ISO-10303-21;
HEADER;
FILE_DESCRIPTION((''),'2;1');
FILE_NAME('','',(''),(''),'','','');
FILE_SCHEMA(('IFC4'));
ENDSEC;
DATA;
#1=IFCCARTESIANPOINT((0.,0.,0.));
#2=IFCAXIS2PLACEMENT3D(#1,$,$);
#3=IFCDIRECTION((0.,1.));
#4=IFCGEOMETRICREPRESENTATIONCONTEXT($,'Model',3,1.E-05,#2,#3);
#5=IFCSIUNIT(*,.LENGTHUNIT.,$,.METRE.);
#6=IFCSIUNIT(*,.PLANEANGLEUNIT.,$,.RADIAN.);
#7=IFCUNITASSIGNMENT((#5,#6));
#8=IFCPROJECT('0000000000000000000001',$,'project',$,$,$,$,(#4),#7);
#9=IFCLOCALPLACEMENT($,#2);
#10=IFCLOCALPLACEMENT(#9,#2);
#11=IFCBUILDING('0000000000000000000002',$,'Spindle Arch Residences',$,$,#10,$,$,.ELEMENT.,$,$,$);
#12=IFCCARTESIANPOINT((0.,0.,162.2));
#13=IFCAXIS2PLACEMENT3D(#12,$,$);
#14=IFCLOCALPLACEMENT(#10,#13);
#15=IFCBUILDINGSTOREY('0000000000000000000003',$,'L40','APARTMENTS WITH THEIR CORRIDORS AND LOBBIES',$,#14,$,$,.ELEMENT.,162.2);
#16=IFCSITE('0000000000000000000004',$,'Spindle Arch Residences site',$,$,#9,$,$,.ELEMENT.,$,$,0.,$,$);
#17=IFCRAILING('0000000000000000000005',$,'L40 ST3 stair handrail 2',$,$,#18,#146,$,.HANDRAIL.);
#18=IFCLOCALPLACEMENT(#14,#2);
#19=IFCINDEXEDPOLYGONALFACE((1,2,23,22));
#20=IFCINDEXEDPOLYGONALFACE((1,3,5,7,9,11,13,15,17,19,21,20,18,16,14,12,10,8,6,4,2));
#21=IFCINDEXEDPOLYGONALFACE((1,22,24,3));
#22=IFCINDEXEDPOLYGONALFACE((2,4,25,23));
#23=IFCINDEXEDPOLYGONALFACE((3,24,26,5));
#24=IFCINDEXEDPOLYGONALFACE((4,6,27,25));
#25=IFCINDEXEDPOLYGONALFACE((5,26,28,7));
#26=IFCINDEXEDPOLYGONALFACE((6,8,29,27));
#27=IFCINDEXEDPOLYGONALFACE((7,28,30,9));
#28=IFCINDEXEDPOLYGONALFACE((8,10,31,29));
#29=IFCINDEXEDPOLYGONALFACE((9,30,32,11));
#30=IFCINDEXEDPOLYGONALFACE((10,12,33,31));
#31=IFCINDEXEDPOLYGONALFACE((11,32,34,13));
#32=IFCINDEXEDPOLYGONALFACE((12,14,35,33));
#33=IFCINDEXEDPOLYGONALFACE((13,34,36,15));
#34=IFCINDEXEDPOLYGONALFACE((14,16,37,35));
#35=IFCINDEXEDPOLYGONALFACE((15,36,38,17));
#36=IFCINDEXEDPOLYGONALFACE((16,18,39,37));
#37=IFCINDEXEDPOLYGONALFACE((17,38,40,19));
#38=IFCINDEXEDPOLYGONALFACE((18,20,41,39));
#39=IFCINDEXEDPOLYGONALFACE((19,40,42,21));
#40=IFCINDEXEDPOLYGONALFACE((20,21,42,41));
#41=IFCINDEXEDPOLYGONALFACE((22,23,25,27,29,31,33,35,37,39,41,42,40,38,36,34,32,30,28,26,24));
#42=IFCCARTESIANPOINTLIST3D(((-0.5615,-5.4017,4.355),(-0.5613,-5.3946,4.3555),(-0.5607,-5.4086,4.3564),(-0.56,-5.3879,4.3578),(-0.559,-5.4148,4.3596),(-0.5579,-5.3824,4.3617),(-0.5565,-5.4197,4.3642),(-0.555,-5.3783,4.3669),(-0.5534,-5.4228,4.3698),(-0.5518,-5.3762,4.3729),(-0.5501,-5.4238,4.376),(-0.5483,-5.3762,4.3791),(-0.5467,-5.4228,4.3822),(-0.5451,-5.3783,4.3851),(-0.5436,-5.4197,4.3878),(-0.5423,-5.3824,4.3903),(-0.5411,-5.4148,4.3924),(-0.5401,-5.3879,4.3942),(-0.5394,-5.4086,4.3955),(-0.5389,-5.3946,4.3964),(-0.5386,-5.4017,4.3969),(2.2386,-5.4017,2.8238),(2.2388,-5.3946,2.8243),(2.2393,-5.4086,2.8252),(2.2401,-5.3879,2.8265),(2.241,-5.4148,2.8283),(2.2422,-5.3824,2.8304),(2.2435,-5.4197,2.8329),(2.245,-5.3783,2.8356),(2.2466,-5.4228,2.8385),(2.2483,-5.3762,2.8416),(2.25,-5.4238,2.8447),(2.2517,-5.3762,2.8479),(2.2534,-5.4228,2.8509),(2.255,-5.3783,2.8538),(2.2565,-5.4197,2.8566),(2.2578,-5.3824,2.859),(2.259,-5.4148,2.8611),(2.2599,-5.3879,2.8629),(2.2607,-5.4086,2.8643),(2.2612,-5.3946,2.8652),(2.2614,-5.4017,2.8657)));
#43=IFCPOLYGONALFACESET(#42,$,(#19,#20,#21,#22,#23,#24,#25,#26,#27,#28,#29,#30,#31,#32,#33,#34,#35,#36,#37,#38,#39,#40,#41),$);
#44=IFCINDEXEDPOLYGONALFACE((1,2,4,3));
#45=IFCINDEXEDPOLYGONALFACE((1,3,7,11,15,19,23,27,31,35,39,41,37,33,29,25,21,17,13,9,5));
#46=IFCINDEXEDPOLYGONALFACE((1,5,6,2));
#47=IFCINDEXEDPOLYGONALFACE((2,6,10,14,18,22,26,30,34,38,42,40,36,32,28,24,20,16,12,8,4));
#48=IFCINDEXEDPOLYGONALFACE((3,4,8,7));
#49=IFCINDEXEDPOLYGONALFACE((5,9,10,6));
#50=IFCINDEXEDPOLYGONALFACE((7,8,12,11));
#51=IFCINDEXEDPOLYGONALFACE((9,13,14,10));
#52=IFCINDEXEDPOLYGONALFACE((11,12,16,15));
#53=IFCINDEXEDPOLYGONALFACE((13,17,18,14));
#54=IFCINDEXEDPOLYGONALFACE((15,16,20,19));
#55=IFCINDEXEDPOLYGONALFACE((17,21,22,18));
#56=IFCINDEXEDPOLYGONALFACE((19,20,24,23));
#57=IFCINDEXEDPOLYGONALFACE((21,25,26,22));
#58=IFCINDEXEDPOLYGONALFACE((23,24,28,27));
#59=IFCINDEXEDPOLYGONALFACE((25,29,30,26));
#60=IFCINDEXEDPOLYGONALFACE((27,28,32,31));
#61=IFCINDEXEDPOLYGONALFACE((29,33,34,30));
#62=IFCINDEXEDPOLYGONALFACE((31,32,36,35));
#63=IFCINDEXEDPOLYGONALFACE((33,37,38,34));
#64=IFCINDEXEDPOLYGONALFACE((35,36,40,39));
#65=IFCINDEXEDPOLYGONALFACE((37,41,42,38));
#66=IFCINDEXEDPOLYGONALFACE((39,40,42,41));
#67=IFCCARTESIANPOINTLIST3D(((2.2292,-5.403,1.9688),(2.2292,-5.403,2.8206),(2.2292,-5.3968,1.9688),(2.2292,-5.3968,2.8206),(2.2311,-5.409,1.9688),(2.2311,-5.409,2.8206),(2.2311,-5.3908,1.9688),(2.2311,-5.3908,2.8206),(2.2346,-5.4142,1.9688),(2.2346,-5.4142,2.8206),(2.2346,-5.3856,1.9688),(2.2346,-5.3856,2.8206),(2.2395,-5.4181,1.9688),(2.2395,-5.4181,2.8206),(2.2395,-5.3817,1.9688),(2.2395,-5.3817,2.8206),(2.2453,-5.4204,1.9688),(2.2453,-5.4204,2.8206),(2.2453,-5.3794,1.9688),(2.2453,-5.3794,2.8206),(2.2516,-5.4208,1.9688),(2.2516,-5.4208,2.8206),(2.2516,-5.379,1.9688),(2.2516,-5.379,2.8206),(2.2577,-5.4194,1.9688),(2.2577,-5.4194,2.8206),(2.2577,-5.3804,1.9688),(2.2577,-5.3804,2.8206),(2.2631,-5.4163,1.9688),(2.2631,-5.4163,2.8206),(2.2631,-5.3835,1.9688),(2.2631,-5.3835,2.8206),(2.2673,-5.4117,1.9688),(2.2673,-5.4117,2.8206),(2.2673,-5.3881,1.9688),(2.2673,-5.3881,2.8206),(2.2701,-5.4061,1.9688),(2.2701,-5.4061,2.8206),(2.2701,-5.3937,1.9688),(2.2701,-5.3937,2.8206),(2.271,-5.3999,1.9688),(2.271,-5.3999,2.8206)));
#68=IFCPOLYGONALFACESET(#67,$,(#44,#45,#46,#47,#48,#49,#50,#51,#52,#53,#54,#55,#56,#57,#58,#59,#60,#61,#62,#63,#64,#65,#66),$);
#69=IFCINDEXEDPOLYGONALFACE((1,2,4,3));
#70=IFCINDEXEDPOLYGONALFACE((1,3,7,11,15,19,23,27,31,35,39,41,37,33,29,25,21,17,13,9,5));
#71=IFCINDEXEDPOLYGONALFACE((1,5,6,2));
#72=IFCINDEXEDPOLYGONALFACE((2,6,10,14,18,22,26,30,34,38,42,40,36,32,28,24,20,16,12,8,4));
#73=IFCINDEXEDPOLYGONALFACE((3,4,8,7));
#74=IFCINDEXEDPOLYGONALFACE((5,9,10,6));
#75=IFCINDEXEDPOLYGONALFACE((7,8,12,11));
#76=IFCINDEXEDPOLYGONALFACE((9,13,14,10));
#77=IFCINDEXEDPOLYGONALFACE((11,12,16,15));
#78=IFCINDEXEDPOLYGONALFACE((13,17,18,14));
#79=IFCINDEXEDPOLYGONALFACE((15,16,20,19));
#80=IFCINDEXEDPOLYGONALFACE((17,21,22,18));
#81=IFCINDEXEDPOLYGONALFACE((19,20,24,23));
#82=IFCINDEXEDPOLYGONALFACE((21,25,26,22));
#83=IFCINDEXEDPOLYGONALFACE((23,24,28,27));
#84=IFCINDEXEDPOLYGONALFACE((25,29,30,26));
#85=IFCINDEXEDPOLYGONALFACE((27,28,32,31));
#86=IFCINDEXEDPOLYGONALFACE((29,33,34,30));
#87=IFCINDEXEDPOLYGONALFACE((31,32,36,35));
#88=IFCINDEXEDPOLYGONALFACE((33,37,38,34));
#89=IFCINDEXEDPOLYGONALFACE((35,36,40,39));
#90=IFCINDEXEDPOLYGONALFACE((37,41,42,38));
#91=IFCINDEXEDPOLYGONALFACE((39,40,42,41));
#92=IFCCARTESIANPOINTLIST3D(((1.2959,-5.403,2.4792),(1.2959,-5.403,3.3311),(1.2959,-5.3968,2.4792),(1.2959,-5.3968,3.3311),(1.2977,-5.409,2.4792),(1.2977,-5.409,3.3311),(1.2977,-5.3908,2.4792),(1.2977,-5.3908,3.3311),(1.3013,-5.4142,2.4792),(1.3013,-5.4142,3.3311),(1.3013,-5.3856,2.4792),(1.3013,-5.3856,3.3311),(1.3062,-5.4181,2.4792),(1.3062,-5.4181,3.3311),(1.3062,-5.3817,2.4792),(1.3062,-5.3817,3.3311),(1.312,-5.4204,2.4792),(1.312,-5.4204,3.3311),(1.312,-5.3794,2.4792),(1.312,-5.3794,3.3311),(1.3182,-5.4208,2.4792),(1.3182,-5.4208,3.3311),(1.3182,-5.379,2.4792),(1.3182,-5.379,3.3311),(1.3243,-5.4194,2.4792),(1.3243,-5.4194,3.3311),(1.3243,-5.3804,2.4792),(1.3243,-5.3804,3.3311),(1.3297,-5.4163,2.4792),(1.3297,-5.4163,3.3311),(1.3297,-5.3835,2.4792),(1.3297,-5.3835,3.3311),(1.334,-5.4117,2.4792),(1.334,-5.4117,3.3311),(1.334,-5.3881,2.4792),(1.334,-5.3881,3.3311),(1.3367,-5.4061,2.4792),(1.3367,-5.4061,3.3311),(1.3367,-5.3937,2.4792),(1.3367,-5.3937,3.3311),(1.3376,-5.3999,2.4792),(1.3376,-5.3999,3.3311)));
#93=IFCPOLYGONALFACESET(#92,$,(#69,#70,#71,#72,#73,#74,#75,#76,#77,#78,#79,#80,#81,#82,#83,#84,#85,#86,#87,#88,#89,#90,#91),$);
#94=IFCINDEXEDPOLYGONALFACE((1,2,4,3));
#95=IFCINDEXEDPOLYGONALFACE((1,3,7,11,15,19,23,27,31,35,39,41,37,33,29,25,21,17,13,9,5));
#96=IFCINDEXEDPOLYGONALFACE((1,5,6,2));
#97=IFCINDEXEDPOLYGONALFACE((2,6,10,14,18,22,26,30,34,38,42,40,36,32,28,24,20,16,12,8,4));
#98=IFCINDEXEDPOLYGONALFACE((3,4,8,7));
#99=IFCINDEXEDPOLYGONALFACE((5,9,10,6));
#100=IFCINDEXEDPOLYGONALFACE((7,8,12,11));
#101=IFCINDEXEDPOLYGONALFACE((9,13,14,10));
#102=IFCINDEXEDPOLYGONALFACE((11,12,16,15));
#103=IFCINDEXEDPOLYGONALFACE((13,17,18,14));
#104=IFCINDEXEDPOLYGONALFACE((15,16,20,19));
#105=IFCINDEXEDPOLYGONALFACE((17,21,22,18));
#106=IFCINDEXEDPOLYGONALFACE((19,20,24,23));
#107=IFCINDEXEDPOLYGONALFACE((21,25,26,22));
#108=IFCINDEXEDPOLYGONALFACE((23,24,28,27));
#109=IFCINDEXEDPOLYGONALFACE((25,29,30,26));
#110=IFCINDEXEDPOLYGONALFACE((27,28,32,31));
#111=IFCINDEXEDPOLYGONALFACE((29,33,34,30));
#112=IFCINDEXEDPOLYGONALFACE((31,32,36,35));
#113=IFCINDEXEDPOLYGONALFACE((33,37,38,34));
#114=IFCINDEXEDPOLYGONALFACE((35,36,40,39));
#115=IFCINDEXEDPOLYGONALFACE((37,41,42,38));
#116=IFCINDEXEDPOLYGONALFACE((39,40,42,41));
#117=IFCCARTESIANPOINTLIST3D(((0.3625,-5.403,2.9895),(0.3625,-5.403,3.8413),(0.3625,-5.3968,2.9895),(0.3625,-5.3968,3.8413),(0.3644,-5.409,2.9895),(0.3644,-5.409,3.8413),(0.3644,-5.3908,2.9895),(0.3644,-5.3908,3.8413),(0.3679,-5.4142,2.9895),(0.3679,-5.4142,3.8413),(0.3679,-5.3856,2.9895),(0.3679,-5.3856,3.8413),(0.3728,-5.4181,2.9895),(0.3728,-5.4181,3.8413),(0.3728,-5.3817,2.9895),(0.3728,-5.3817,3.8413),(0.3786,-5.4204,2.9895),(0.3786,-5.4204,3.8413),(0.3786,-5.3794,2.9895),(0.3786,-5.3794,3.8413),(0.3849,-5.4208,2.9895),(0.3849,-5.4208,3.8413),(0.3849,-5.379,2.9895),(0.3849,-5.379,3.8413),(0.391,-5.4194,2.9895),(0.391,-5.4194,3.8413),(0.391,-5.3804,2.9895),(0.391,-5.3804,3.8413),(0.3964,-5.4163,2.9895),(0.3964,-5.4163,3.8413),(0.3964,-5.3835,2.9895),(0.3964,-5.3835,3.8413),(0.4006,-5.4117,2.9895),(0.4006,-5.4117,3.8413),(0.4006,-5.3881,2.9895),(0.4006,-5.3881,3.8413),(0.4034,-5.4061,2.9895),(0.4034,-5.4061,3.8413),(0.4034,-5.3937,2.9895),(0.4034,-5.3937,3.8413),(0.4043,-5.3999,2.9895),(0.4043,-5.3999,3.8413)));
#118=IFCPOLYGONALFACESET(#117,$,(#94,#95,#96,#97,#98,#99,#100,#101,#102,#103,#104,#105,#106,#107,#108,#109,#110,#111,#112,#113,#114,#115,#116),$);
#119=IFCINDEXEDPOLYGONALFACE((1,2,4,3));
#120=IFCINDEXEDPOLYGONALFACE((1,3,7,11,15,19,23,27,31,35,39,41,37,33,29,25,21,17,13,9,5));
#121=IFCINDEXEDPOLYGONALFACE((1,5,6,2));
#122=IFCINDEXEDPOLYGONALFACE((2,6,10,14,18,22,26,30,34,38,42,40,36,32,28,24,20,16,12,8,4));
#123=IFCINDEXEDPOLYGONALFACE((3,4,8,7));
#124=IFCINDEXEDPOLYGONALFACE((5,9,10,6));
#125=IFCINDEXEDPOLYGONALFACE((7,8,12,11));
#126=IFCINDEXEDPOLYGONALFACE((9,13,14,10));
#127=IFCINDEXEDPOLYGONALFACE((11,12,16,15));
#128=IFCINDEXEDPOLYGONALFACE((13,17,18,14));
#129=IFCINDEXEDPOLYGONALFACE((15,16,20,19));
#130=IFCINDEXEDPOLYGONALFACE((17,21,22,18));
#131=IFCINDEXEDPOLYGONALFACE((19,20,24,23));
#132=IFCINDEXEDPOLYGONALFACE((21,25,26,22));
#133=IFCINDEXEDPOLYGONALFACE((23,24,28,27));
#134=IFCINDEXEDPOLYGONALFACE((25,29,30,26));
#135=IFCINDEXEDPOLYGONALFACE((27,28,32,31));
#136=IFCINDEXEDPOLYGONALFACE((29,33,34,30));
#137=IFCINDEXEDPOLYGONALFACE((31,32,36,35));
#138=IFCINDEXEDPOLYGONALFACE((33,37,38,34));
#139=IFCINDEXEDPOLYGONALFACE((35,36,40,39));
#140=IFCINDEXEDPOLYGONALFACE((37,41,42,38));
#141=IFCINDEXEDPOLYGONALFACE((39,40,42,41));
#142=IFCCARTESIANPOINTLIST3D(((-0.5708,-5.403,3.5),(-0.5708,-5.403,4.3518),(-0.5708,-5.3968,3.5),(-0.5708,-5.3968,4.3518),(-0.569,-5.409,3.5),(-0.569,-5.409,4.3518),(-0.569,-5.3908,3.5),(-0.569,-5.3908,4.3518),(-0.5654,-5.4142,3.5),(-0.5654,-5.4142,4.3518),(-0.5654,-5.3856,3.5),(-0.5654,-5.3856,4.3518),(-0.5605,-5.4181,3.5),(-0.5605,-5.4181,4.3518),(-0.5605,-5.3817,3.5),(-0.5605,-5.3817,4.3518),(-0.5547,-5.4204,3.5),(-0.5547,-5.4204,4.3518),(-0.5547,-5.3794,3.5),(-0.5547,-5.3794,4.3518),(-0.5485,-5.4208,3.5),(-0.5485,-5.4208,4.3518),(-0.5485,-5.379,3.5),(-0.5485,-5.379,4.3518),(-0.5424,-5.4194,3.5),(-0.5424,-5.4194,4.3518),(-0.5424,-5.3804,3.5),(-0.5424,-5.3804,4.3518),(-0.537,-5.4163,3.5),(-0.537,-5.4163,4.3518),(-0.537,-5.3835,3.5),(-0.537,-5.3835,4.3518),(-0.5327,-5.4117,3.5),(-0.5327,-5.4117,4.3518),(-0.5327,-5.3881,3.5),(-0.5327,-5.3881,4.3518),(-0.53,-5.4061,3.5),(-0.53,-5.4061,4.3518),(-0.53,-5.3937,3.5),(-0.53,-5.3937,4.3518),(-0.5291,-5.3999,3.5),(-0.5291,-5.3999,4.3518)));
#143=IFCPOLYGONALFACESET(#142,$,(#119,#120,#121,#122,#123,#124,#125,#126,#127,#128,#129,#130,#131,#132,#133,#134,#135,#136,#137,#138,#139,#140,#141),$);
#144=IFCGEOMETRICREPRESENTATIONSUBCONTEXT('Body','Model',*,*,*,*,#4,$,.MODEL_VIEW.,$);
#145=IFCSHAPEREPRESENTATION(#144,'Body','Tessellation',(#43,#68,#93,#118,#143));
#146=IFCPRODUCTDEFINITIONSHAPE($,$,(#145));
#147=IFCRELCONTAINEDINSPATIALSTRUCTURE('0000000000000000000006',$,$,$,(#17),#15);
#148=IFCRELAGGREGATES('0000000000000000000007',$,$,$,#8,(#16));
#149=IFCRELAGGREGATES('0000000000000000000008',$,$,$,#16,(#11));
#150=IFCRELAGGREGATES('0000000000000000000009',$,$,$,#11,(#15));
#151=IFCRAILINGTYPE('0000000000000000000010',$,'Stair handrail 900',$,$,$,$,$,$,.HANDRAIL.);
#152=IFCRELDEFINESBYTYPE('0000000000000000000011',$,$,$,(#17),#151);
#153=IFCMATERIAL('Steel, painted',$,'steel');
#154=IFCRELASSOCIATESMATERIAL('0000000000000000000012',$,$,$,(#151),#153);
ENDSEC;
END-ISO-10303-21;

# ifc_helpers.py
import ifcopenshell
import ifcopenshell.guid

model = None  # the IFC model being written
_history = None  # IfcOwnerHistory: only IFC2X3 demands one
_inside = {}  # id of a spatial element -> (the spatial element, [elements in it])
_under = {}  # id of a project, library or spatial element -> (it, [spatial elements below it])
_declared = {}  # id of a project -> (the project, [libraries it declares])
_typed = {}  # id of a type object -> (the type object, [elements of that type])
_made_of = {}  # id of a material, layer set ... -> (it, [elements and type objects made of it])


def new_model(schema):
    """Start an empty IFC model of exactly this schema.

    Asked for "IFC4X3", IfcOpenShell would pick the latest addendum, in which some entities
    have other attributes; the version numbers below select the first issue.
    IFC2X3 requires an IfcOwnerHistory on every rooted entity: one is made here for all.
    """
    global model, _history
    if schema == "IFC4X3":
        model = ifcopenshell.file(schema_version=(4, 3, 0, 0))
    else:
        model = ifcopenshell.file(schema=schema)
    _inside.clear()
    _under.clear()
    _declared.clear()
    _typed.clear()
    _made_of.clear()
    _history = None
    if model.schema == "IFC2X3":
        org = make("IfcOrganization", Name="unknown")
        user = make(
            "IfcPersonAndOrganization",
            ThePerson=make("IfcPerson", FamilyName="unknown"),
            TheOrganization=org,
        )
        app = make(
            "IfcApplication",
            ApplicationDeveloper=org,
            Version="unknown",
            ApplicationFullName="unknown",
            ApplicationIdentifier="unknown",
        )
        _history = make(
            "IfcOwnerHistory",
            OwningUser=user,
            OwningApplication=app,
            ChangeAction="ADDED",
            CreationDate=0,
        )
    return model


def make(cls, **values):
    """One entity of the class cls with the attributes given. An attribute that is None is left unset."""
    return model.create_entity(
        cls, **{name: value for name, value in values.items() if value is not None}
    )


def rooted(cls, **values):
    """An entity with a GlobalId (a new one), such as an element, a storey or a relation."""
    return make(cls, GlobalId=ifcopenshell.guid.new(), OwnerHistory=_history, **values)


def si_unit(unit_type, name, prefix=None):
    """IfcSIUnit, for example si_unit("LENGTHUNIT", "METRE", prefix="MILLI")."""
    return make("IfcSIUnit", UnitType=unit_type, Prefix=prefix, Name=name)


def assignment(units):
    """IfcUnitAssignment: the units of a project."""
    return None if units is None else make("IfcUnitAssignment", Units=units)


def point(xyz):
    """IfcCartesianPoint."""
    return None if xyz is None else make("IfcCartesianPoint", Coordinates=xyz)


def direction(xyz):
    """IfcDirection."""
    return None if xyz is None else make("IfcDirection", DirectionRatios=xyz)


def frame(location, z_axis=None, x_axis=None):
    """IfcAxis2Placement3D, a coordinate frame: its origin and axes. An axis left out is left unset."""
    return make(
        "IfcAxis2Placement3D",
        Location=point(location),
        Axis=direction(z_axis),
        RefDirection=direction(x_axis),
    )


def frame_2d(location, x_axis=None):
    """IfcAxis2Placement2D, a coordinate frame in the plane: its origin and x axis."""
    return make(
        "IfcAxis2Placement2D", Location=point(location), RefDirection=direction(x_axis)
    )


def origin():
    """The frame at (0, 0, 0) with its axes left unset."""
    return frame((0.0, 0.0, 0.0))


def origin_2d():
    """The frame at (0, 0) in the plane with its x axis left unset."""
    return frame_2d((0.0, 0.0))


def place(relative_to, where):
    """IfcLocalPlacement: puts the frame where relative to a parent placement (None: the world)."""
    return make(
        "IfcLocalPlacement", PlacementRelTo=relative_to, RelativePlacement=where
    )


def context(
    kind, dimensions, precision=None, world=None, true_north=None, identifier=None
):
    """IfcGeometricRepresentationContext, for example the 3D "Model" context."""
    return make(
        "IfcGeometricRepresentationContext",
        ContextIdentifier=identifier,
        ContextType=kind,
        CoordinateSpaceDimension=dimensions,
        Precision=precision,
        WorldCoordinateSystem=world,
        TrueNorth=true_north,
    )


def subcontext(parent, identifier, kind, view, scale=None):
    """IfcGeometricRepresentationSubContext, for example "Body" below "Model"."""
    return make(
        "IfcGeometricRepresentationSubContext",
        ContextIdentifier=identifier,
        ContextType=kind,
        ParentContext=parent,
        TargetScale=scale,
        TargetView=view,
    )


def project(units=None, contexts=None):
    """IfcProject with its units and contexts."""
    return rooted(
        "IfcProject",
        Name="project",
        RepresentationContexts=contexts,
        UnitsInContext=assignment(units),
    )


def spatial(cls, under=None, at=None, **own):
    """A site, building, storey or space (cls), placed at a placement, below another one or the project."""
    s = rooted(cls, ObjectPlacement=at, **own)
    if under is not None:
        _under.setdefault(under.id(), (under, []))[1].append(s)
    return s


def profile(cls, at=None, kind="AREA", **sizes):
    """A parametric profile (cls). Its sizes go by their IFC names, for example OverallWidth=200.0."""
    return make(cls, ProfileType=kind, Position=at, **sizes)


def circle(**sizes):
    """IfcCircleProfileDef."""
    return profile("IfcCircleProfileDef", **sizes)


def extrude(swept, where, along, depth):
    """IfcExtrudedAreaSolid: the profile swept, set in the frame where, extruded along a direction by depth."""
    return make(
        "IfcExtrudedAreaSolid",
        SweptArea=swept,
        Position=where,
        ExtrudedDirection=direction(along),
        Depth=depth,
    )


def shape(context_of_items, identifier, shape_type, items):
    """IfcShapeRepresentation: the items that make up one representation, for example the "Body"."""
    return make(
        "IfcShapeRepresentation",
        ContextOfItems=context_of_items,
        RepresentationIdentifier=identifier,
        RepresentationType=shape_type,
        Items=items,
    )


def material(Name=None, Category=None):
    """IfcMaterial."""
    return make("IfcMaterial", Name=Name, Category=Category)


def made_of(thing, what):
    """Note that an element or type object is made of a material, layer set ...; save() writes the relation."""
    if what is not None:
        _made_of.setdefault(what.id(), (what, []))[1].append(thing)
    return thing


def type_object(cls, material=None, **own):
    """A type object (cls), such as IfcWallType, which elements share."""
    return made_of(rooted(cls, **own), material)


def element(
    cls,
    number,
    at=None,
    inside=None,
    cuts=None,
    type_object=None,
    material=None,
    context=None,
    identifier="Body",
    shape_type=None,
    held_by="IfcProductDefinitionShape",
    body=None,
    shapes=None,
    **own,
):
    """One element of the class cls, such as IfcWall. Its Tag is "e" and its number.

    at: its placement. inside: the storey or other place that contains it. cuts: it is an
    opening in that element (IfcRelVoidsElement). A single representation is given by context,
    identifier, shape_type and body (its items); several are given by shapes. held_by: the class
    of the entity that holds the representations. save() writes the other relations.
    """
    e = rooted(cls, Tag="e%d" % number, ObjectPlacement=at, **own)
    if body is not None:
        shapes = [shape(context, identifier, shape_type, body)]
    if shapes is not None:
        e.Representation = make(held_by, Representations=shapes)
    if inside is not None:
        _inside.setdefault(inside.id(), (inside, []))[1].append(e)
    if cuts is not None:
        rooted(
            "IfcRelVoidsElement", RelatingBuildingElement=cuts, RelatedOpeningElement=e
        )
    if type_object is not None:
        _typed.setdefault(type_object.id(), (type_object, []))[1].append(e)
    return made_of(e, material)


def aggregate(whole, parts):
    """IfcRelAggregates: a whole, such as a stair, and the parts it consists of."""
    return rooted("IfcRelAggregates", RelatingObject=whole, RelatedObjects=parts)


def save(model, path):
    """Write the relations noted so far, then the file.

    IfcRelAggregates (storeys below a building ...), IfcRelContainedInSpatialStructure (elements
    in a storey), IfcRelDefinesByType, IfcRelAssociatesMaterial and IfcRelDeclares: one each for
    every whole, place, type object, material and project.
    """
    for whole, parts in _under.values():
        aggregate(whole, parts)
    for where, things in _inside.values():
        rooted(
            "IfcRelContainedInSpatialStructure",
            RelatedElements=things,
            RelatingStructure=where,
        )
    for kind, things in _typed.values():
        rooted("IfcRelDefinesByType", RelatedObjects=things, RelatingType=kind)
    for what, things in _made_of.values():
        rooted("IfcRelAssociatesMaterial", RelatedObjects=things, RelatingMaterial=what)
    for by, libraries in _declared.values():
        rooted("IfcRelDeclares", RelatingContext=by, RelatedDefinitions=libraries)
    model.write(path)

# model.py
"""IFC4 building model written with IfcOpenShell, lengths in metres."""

from ifc_helpers import new_model, si_unit, direction, frame, origin, origin_2d, place, context, subcontext, project, spatial, circle, extrude, material, type_object, element, save


model = new_model("IFC4")

# Units and contexts
model_context = context("Model", 3, precision=1e-05, world=origin(), true_north=direction((0.0, 1.0)))
body_context = subcontext(model_context, "Body", "Model", "MODEL_VIEW")
ifc_project = project(units=[si_unit("LENGTHUNIT", "METRE"), si_unit("PLANEANGLEUNIT", "RADIAN")], contexts=[model_context])

# Site, building, storey
site_placement = place(None, origin())
site = spatial("IfcSite", under=ifc_project, at=site_placement, Name="Spindle Arch Residences site", CompositionType="ELEMENT", RefElevation=0.0)
building_placement = place(site_placement, origin())
building = spatial("IfcBuilding", under=site, at=building_placement, Name="Spindle Arch Residences", CompositionType="ELEMENT")
storey_placement = place(building_placement, frame((0.0, 0.0, 162.2)))
storey = spatial("IfcBuildingStorey", under=building, at=storey_placement, Name="L40", Description="APARTMENTS WITH THEIR CORRIDORS AND LOBBIES", CompositionType="ELEMENT", Elevation=162.2)

# Railing
ifc_material_1 = material(Name="Steel, painted", Category="steel")
railing_type_1 = type_object("IfcRailingType", Name="Stair handrail 900", PredefinedType="HANDRAIL", material=ifc_material_1)
railing_1_placement = place(storey_placement, frame((2.25, -5.3999, 1.9688)))
element("IfcRailing", 1, at=railing_1_placement, inside=storey, type_object=railing_type_1, Name="L40 ST3 stair handrail 2", PredefinedType="HANDRAIL", context=body_context, shape_type="SweptSolid", body=[
    extrude(circle(Radius=0.0239, at=origin_2d()), frame((0.0, 0.0, 0.876), z_axis=(-0.877375, 0.0, 0.479806), x_axis=(0.0, -1.0, 0.0)), (0.0, 0.0, 1.0), 3.1914),
    extrude(circle(Radius=0.021, at=origin_2d()), origin(), (0.0, 0.0, 1.0), 0.8518),
    extrude(circle(Radius=0.021, at=origin_2d()), frame((-0.9333, 0.0, 0.5105)), (0.0, 0.0, 1.0), 0.8518),
    extrude(circle(Radius=0.021, at=origin_2d()), frame((-1.8667, 0.0, 1.0208)), (0.0, 0.0, 1.0), 0.8518),
    extrude(circle(Radius=0.021, at=origin_2d()), frame((-2.8, 0.0, 1.5312)), (0.0, 0.0, 1.0), 0.8518),
])

save(model, "model.ifc")
